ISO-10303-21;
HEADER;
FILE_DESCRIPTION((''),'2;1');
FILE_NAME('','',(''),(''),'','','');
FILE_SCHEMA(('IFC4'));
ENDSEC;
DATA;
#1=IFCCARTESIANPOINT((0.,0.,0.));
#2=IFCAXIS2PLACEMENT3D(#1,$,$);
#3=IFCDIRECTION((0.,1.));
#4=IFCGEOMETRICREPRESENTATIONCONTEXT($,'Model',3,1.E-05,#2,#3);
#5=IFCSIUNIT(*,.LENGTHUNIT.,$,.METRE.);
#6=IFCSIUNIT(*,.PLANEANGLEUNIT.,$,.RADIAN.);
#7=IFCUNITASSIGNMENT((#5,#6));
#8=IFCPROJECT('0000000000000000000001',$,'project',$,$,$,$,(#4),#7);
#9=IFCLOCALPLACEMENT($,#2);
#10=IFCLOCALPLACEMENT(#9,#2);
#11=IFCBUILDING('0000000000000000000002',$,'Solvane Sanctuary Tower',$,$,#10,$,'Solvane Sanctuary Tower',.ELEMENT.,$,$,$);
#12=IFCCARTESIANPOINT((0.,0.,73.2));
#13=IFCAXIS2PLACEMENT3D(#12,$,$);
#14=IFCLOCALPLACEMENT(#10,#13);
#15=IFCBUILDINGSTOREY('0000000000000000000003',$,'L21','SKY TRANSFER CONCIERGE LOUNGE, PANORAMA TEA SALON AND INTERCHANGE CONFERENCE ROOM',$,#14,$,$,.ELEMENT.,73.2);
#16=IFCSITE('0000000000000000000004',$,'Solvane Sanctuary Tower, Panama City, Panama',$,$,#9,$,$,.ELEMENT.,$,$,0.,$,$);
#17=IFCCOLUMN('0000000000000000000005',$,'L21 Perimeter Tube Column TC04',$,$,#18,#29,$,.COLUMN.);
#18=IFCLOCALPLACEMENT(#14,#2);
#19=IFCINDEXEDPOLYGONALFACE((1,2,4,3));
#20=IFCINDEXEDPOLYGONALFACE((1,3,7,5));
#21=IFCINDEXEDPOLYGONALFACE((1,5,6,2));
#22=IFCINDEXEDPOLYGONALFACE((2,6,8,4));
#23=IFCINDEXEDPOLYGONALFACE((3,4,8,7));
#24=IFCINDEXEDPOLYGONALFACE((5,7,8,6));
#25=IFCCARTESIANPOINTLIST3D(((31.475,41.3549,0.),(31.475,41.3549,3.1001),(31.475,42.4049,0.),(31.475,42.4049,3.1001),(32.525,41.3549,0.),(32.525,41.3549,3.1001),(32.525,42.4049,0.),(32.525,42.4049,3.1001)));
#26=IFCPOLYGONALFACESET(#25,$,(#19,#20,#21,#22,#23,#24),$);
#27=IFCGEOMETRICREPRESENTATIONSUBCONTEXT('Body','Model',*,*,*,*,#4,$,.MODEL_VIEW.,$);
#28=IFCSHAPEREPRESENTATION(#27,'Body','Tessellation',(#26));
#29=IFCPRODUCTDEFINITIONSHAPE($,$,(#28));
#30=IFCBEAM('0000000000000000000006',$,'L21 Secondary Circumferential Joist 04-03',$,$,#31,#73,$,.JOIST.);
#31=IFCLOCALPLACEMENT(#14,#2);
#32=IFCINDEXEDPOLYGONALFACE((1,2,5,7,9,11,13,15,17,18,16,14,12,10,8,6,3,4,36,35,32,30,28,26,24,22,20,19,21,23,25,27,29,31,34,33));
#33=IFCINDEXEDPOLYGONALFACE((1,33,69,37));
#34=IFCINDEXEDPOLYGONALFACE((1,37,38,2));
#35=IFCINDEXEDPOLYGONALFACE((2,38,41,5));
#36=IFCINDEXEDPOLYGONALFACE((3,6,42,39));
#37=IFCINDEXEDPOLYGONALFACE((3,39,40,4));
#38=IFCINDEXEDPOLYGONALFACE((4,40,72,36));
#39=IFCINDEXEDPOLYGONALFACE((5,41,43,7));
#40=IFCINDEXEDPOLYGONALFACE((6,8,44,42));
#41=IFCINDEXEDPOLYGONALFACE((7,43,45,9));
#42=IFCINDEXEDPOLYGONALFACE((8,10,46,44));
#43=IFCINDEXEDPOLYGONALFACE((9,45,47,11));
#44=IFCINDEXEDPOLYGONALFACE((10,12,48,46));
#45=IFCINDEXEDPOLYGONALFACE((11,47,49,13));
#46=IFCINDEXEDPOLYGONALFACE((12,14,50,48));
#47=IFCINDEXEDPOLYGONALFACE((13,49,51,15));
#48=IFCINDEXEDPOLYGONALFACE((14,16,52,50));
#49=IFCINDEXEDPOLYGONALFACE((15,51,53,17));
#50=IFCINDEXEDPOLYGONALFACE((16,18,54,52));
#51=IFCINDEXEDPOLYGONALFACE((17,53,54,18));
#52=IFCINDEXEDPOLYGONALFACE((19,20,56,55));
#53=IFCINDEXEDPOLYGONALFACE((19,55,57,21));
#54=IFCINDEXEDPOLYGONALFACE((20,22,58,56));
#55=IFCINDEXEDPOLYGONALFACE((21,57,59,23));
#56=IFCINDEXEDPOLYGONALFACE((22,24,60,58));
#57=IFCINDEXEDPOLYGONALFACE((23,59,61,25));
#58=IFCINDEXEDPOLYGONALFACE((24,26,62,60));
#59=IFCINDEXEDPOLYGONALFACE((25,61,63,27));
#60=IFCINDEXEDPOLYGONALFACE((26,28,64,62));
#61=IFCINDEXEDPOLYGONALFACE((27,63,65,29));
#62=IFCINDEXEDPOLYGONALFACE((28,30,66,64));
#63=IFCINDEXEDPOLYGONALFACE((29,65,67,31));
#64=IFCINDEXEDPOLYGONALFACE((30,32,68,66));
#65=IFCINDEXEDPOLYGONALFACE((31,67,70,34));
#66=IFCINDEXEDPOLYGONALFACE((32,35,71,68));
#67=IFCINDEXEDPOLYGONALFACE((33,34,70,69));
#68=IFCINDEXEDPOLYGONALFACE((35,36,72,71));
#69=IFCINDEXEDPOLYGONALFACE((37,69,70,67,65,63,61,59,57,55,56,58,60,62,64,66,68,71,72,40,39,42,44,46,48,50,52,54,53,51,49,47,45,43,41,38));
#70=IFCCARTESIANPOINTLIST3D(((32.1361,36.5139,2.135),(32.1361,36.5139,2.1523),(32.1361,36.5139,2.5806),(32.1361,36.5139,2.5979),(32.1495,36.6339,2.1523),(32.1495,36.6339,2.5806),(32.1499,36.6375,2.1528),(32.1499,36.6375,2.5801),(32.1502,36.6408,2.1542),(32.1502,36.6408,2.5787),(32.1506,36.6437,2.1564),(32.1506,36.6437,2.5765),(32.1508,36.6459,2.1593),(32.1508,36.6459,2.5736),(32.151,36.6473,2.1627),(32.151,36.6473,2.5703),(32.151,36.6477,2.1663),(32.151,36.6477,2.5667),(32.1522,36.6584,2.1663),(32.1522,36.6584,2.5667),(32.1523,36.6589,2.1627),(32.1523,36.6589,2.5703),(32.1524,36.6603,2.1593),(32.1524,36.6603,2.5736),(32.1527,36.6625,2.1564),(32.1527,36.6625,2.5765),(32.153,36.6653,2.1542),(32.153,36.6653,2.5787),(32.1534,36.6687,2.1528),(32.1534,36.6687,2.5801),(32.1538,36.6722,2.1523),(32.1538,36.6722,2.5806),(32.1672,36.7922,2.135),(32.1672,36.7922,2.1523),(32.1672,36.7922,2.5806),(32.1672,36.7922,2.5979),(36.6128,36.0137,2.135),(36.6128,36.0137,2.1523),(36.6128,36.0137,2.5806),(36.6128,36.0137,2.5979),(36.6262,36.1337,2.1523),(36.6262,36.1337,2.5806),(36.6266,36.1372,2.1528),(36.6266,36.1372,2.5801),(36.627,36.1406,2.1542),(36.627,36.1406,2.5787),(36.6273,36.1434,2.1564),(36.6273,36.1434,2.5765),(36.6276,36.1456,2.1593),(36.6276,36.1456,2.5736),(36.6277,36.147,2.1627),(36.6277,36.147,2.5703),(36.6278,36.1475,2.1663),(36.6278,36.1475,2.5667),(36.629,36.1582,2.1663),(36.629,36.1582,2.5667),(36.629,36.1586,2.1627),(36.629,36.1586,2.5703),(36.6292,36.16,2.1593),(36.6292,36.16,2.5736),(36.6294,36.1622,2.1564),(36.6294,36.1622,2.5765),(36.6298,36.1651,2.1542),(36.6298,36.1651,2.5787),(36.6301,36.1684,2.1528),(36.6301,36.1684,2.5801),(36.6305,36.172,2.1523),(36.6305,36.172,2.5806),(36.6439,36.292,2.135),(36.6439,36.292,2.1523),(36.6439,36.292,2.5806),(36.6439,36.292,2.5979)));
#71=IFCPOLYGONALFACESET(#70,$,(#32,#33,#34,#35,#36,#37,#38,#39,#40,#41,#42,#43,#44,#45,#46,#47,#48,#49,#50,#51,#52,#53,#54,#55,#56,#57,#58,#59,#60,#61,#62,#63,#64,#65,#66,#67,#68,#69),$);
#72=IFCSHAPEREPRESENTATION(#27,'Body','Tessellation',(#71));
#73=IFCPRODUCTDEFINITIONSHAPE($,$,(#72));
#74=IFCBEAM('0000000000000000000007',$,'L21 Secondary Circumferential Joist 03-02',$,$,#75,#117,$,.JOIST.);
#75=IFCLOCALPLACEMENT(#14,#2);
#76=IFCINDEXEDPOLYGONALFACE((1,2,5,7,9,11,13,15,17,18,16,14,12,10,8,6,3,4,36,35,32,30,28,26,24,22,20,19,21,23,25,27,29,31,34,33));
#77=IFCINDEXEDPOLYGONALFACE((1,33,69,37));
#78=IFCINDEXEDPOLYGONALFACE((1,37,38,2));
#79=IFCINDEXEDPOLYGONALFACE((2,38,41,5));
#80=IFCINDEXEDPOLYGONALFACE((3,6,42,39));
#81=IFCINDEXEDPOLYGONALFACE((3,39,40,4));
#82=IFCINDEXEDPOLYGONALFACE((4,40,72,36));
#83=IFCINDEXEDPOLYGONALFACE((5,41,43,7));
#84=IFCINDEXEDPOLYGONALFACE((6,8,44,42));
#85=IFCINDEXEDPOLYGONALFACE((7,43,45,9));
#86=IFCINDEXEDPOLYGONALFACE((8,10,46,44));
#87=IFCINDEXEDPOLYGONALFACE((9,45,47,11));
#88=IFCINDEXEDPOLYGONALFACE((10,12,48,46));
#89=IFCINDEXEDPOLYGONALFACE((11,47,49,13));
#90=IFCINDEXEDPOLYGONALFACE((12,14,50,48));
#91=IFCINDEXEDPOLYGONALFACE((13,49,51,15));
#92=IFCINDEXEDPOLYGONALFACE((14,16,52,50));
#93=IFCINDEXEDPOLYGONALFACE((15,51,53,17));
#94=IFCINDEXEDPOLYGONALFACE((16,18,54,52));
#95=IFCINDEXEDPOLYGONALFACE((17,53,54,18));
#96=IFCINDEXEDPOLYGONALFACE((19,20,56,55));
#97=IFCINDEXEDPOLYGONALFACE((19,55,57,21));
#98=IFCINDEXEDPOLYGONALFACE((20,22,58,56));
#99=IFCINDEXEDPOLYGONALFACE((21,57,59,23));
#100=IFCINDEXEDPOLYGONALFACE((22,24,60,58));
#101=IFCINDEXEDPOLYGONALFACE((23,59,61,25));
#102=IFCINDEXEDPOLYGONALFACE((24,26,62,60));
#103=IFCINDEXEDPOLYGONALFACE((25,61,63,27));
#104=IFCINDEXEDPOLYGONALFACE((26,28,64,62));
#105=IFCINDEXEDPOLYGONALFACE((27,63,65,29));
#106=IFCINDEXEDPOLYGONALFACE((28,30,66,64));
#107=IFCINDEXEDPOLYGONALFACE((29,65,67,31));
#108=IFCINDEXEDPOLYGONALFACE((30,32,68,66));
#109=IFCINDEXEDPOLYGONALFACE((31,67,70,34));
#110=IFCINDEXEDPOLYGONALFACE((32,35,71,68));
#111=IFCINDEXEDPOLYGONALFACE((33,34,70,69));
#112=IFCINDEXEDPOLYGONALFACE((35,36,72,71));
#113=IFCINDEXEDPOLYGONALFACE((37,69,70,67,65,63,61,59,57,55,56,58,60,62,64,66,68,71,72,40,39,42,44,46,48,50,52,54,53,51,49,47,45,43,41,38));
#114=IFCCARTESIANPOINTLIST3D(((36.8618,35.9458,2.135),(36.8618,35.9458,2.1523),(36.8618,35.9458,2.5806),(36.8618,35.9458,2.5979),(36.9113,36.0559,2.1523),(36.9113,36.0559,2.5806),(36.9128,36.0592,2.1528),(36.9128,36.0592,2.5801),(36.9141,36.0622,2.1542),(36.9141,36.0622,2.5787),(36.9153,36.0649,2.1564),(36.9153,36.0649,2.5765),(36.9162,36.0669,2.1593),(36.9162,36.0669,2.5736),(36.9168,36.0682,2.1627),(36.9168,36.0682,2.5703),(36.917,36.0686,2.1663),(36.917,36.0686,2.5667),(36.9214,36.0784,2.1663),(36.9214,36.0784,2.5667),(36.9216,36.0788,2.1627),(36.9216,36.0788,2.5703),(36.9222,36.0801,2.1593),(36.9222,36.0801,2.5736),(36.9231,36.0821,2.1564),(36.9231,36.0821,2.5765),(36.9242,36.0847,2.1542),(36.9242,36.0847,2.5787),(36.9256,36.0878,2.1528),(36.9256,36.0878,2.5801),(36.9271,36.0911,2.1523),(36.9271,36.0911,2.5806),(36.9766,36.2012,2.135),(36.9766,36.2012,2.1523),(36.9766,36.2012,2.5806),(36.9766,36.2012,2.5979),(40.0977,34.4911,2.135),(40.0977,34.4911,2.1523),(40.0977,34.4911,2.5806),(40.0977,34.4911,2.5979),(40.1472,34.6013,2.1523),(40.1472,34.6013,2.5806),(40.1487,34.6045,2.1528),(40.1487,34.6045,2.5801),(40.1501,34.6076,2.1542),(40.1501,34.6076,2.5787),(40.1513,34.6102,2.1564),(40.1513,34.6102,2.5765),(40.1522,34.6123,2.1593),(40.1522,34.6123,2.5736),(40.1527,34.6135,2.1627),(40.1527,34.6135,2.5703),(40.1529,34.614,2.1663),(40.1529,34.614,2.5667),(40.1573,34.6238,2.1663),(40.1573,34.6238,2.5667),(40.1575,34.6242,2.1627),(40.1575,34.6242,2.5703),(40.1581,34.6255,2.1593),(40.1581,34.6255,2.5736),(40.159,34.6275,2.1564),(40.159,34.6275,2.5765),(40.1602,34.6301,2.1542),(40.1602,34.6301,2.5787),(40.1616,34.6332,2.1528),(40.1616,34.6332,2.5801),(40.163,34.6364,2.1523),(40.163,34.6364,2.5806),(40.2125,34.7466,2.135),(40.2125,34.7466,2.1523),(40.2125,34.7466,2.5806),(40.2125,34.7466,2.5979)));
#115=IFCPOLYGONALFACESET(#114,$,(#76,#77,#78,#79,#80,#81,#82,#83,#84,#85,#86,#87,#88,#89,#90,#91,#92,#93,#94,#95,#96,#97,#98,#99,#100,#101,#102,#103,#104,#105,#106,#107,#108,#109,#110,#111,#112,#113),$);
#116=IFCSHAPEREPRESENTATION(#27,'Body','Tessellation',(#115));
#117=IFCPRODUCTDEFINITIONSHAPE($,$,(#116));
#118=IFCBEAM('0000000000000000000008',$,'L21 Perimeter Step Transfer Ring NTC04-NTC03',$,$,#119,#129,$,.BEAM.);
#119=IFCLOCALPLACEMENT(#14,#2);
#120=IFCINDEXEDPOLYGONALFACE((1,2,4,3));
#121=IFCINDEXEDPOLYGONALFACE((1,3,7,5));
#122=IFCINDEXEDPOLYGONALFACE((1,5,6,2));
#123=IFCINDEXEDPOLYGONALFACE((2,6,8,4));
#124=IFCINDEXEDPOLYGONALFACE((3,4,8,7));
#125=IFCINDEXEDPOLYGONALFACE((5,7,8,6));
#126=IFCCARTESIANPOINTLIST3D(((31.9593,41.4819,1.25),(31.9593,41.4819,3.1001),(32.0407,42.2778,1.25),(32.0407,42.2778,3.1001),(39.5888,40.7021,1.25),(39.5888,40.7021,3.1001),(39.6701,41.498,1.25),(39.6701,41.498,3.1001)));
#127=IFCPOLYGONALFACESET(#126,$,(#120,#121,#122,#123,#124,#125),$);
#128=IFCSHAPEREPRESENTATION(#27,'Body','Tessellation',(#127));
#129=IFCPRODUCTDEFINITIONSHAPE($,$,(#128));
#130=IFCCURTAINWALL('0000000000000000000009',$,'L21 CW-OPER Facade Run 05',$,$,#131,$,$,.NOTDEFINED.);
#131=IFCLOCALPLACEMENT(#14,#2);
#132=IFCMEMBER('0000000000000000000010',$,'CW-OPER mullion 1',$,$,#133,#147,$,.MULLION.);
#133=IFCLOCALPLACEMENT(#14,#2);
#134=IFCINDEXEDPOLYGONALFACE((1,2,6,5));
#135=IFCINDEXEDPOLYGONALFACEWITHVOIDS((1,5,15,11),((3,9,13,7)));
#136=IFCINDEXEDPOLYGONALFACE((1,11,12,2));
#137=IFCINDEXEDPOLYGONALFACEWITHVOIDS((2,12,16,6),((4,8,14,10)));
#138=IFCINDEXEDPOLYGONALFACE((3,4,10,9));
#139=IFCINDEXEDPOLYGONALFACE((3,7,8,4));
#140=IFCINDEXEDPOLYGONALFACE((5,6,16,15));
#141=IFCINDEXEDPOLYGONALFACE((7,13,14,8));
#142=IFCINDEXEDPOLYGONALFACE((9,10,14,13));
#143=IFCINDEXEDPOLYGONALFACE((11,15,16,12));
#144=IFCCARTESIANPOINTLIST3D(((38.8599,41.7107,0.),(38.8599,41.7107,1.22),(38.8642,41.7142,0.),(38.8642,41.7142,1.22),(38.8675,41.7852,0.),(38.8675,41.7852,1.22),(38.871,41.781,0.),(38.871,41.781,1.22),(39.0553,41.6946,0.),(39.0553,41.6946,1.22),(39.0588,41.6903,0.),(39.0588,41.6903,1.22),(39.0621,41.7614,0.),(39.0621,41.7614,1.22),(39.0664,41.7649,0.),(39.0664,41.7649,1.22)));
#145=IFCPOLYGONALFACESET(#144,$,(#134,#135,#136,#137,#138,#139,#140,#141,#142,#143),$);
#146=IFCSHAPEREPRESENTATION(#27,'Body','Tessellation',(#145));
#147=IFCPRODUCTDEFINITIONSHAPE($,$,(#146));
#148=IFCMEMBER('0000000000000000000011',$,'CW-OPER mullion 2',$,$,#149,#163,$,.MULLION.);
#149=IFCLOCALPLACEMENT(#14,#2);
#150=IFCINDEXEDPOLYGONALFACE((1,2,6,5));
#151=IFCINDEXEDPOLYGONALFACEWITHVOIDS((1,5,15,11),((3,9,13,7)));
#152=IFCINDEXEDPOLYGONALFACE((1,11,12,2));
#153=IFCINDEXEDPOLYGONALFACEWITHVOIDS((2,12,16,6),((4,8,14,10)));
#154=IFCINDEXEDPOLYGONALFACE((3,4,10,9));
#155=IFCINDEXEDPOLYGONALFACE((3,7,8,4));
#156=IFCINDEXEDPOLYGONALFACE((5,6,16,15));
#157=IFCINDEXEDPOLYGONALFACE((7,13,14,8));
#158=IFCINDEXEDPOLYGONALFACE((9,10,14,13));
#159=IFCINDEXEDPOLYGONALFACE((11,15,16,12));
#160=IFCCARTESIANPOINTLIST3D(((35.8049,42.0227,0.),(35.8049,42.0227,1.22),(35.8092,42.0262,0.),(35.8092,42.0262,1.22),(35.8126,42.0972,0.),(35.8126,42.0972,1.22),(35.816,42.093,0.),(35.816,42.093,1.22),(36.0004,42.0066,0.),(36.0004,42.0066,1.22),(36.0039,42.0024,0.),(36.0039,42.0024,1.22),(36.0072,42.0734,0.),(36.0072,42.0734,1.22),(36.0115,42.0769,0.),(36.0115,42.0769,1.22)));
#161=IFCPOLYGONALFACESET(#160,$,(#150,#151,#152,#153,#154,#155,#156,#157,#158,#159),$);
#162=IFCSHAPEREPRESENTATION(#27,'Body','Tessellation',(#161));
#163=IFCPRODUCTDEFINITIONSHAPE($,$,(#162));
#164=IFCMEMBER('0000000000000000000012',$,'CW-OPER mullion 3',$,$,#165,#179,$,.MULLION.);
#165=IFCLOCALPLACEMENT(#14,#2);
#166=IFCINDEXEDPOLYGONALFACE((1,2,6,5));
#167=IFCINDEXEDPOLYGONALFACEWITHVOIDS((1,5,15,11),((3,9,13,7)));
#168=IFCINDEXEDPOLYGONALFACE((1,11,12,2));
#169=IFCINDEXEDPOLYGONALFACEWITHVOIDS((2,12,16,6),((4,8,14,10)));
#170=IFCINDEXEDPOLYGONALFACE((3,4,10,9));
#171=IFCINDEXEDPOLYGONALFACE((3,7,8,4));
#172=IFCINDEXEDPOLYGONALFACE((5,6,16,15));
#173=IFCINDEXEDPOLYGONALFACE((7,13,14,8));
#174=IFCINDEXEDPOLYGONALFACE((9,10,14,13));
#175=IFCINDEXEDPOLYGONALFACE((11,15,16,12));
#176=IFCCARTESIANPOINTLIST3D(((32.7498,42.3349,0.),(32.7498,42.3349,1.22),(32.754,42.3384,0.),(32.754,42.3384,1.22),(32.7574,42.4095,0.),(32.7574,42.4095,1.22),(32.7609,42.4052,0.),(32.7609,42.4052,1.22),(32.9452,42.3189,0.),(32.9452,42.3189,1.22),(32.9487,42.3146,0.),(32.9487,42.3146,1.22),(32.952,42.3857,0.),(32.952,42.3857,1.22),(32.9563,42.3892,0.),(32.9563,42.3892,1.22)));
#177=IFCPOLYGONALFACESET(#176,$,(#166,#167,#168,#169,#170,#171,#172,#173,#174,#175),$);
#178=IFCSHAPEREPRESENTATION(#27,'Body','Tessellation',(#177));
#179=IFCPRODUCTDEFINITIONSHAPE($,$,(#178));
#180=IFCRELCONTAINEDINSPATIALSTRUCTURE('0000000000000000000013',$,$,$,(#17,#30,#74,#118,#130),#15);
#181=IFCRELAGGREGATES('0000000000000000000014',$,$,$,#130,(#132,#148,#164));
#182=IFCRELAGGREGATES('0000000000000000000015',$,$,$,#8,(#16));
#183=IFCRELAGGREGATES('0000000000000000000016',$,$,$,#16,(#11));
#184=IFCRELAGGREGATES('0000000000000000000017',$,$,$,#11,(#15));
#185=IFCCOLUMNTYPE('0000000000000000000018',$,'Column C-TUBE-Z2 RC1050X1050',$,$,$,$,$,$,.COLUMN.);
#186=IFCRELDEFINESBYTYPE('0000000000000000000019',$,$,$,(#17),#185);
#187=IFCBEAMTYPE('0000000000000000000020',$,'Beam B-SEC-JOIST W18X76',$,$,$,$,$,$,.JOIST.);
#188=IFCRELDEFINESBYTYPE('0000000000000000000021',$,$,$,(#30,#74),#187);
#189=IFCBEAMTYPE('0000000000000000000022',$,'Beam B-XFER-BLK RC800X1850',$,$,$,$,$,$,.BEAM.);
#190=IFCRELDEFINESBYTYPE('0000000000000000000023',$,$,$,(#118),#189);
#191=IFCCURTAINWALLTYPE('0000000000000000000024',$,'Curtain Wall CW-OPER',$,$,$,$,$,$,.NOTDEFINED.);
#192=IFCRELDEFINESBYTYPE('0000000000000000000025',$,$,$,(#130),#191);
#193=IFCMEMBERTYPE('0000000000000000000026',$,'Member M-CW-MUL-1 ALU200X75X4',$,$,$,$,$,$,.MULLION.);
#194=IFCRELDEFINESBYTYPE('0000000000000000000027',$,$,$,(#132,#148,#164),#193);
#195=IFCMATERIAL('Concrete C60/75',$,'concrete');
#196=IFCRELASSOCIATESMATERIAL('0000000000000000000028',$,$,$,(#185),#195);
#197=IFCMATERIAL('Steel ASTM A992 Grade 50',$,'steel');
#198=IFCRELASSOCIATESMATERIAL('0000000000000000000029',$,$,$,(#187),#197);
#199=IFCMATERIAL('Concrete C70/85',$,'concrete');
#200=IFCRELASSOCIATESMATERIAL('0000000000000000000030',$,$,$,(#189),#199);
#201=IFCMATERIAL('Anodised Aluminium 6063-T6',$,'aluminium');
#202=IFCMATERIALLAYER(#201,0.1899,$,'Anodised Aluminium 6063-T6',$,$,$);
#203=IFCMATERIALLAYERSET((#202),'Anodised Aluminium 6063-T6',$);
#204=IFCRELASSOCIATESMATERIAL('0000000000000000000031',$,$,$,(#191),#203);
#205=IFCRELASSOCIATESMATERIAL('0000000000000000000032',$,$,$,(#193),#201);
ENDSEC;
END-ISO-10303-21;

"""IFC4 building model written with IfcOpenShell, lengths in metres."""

from ifc_helpers import new_model, si_unit, direction, frame, origin, origin_2d, place, context, subcontext, project, spatial, rectangle, hollow_rectangle, i_section, extrude, material, layer, layer_set, material_profile, profile_set, type_object, element, aggregate, save


model = new_model("IFC4")

# Units and contexts
model_context = context("Model", 3, precision=1e-05, world=origin(), true_north=direction((0.0, 1.0)))
body_context = subcontext(model_context, "Body", "Model", "MODEL_VIEW")
ifc_project = project(units=[si_unit("LENGTHUNIT", "METRE"), si_unit("PLANEANGLEUNIT", "RADIAN")], contexts=[model_context])

# Site, building, storey
site_placement = place(None, origin())
site = spatial("IfcSite", under=ifc_project, at=site_placement, Name="Solvane Sanctuary Tower, Panama City, Panama", CompositionType="ELEMENT", RefElevation=0.0)
building_placement = place(site_placement, origin())
building = spatial("IfcBuilding", under=site, at=building_placement, Name="Solvane Sanctuary Tower", LongName="Solvane Sanctuary Tower", CompositionType="ELEMENT")
storey_placement = place(building_placement, frame((0.0, 0.0, 73.2)))
storey = spatial("IfcBuildingStorey", under=building, at=storey_placement, Name="L21", Description="SKY TRANSFER CONCIERGE LOUNGE, PANORAMA TEA SALON AND INTERCHANGE CONFERENCE ROOM", CompositionType="ELEMENT", Elevation=73.2)

# Column
ifc_material_1 = material(Name="Concrete C60/75", Category="concrete")
ifc_material_profile_1 = material_profile(ifc_material_1, rectangle(XDim=1.05, YDim=1.05, at=origin_2d()), Name="RC1050X1050")
ifc_profile_set_1 = profile_set([ifc_material_profile_1], Name="Concrete C60/75")
column_type = type_object("IfcColumnType", Name="Column C-TUBE-Z2 RC1050X1050", PredefinedType="COLUMN", material=ifc_profile_set_1)
column_placement = place(storey_placement, frame((32.0, 41.8799, 0.0), z_axis=(0.0, 0.0, 1.0), x_axis=(0.0, 1.0, 0.0)))
element("IfcColumn", 1, at=column_placement, inside=storey, type_object=column_type, Name="L21 Perimeter Tube Column TC04", PredefinedType="COLUMN", context=body_context, shape_type="SweptSolid", body=[
    extrude(rectangle(XDim=1.05, YDim=1.05, at=origin_2d()), origin(), (0.0, 0.0, 1.0), 3.1001),
])

# Beams
ifc_material_2 = material(Name="Steel ASTM A992 Grade 50", Category="steel")
ifc_material_profile_2 = material_profile(ifc_material_2, i_section(OverallWidth=0.28, OverallDepth=0.4629, WebThickness=0.0107, FlangeThickness=0.0173, FilletRadius=0.0139, at=origin_2d()), Name="W18X76")
ifc_profile_set_2 = profile_set([ifc_material_profile_2], Name="Steel ASTM A992 Grade 50")
beam_type_1 = type_object("IfcBeamType", Name="Beam B-SEC-JOIST W18X76", PredefinedType="JOIST", material=ifc_profile_set_2)
beam_1_placement = place(storey_placement, frame((32.1516, 36.6531, 2.3665), z_axis=(0.993815, -0.11105, 0.0), x_axis=(0.11105, 0.993815, 0.0)))
element("IfcBeam", 2, at=beam_1_placement, inside=storey, type_object=beam_type_1, Name="L21 Secondary Circumferential Joist 04-03", PredefinedType="JOIST", context=body_context, shape_type="SweptSolid", body=[
    extrude(i_section(OverallWidth=0.28, OverallDepth=0.4629, WebThickness=0.0107, FlangeThickness=0.0173, FilletRadius=0.0139, at=origin_2d()), origin(), (0.0, 0.0, 1.0), 4.5046),
])
beam_2_placement = place(storey_placement, frame((36.9192, 36.0735, 2.3665), z_axis=(0.912084, -0.410004, 0.0), x_axis=(0.410004, 0.912084, 0.0)))
element("IfcBeam", 3, at=beam_2_placement, inside=storey, type_object=beam_type_1, Name="L21 Secondary Circumferential Joist 03-02", PredefinedType="JOIST", context=body_context, shape_type="SweptSolid", body=[
    extrude(i_section(OverallWidth=0.28, OverallDepth=0.4629, WebThickness=0.0107, FlangeThickness=0.0173, FilletRadius=0.0139, at=origin_2d()), origin(), (0.0, 0.0, 1.0), 3.5479),
])
ifc_material_3 = material(Name="Concrete C70/85", Category="concrete")
ifc_material_profile_3 = material_profile(ifc_material_3, rectangle(XDim=0.8, YDim=1.8501, at=origin_2d()), Name="RC800X1850")
ifc_profile_set_3 = profile_set([ifc_material_profile_3], Name="Concrete C70/85")
beam_type_2 = type_object("IfcBeamType", Name="Beam B-XFER-BLK RC800X1850", PredefinedType="BEAM", material=ifc_profile_set_3)
beam_3_placement = place(storey_placement, frame((32.0, 41.8799, 2.175), z_axis=(0.994817, -0.101678, 0.0), x_axis=(0.101678, 0.994817, 0.0)))
element("IfcBeam", 4, at=beam_3_placement, inside=storey, type_object=beam_type_2, Name="L21 Perimeter Step Transfer Ring NTC04-NTC03", PredefinedType="BEAM", context=body_context, shape_type="SweptSolid", body=[
    extrude(rectangle(XDim=0.8, YDim=1.8501, at=origin_2d()), origin(), (0.0, 0.0, 1.0), 7.6692),
])

# Curtain wall, members
ifc_material_4 = material(Name="Anodised Aluminium 6063-T6", Category="aluminium")
ifc_layer_1 = layer(ifc_material_4, 0.1899, Name="Anodised Aluminium 6063-T6")
ifc_layer_set_1 = layer_set([ifc_layer_1], Name="Anodised Aluminium 6063-T6")
curtain_wall_type = type_object("IfcCurtainWallType", Name="Curtain Wall CW-OPER", PredefinedType="NOTDEFINED", material=ifc_layer_set_1)
curtain_wall_placement = place(storey_placement, origin())
curtain_wall = element("IfcCurtainWall", 5, at=curtain_wall_placement, inside=storey, type_object=curtain_wall_type, Name="L21 CW-OPER Facade Run 05", PredefinedType="NOTDEFINED")
ifc_material_profile_4 = material_profile(ifc_material_4, hollow_rectangle(XDim=0.075, YDim=0.2, WallThickness=0.0039, at=origin_2d()), Name="ALU200X75X4")
ifc_profile_set_4 = profile_set([ifc_material_profile_4], Name="Anodised Aluminium 6063-T6")
member_type_1 = type_object("IfcMemberType", Name="Member M-CW-MUL-1 ALU200X75X4", PredefinedType="MULLION", material=ifc_profile_set_4)
member_1_placement = place(storey_placement, frame((38.9631, 41.7378, 0.0), z_axis=(0.0, 0.0, 1.0), x_axis=(-0.101658, -0.994819, 0.0)))
member_1 = element("IfcMember", 6, at=member_1_placement, type_object=member_type_1, Name="CW-OPER mullion 1", PredefinedType="MULLION", context=body_context, shape_type="SweptSolid", body=[
    extrude(hollow_rectangle(XDim=0.075, YDim=0.2, WallThickness=0.0039, at=origin_2d()), origin(), (0.0, 0.0, 1.0), 1.22),
])
member_2_placement = place(storey_placement, frame((35.9082, 42.0498, 0.0), z_axis=(0.0, 0.0, 1.0), x_axis=(-0.101658, -0.994819, 0.0)))
member_2 = element("IfcMember", 7, at=member_2_placement, type_object=member_type_1, Name="CW-OPER mullion 2", PredefinedType="MULLION", context=body_context, shape_type="SweptSolid", body=[
    extrude(hollow_rectangle(XDim=0.075, YDim=0.2, WallThickness=0.0039, at=origin_2d()), origin(), (0.0, 0.0, 1.0), 1.22),
])
member_3_placement = place(storey_placement, frame((32.853, 42.3621, 0.0), z_axis=(0.0, 0.0, 1.0), x_axis=(-0.101658, -0.994819, 0.0)))
member_3 = element("IfcMember", 8, at=member_3_placement, type_object=member_type_1, Name="CW-OPER mullion 3", PredefinedType="MULLION", context=body_context, shape_type="SweptSolid", body=[
    extrude(hollow_rectangle(XDim=0.075, YDim=0.2, WallThickness=0.0039, at=origin_2d()), origin(), (0.0, 0.0, 1.0), 1.22),
])
aggregate(curtain_wall, [member_1, member_2, member_3])

save(model, "model.ifc")
